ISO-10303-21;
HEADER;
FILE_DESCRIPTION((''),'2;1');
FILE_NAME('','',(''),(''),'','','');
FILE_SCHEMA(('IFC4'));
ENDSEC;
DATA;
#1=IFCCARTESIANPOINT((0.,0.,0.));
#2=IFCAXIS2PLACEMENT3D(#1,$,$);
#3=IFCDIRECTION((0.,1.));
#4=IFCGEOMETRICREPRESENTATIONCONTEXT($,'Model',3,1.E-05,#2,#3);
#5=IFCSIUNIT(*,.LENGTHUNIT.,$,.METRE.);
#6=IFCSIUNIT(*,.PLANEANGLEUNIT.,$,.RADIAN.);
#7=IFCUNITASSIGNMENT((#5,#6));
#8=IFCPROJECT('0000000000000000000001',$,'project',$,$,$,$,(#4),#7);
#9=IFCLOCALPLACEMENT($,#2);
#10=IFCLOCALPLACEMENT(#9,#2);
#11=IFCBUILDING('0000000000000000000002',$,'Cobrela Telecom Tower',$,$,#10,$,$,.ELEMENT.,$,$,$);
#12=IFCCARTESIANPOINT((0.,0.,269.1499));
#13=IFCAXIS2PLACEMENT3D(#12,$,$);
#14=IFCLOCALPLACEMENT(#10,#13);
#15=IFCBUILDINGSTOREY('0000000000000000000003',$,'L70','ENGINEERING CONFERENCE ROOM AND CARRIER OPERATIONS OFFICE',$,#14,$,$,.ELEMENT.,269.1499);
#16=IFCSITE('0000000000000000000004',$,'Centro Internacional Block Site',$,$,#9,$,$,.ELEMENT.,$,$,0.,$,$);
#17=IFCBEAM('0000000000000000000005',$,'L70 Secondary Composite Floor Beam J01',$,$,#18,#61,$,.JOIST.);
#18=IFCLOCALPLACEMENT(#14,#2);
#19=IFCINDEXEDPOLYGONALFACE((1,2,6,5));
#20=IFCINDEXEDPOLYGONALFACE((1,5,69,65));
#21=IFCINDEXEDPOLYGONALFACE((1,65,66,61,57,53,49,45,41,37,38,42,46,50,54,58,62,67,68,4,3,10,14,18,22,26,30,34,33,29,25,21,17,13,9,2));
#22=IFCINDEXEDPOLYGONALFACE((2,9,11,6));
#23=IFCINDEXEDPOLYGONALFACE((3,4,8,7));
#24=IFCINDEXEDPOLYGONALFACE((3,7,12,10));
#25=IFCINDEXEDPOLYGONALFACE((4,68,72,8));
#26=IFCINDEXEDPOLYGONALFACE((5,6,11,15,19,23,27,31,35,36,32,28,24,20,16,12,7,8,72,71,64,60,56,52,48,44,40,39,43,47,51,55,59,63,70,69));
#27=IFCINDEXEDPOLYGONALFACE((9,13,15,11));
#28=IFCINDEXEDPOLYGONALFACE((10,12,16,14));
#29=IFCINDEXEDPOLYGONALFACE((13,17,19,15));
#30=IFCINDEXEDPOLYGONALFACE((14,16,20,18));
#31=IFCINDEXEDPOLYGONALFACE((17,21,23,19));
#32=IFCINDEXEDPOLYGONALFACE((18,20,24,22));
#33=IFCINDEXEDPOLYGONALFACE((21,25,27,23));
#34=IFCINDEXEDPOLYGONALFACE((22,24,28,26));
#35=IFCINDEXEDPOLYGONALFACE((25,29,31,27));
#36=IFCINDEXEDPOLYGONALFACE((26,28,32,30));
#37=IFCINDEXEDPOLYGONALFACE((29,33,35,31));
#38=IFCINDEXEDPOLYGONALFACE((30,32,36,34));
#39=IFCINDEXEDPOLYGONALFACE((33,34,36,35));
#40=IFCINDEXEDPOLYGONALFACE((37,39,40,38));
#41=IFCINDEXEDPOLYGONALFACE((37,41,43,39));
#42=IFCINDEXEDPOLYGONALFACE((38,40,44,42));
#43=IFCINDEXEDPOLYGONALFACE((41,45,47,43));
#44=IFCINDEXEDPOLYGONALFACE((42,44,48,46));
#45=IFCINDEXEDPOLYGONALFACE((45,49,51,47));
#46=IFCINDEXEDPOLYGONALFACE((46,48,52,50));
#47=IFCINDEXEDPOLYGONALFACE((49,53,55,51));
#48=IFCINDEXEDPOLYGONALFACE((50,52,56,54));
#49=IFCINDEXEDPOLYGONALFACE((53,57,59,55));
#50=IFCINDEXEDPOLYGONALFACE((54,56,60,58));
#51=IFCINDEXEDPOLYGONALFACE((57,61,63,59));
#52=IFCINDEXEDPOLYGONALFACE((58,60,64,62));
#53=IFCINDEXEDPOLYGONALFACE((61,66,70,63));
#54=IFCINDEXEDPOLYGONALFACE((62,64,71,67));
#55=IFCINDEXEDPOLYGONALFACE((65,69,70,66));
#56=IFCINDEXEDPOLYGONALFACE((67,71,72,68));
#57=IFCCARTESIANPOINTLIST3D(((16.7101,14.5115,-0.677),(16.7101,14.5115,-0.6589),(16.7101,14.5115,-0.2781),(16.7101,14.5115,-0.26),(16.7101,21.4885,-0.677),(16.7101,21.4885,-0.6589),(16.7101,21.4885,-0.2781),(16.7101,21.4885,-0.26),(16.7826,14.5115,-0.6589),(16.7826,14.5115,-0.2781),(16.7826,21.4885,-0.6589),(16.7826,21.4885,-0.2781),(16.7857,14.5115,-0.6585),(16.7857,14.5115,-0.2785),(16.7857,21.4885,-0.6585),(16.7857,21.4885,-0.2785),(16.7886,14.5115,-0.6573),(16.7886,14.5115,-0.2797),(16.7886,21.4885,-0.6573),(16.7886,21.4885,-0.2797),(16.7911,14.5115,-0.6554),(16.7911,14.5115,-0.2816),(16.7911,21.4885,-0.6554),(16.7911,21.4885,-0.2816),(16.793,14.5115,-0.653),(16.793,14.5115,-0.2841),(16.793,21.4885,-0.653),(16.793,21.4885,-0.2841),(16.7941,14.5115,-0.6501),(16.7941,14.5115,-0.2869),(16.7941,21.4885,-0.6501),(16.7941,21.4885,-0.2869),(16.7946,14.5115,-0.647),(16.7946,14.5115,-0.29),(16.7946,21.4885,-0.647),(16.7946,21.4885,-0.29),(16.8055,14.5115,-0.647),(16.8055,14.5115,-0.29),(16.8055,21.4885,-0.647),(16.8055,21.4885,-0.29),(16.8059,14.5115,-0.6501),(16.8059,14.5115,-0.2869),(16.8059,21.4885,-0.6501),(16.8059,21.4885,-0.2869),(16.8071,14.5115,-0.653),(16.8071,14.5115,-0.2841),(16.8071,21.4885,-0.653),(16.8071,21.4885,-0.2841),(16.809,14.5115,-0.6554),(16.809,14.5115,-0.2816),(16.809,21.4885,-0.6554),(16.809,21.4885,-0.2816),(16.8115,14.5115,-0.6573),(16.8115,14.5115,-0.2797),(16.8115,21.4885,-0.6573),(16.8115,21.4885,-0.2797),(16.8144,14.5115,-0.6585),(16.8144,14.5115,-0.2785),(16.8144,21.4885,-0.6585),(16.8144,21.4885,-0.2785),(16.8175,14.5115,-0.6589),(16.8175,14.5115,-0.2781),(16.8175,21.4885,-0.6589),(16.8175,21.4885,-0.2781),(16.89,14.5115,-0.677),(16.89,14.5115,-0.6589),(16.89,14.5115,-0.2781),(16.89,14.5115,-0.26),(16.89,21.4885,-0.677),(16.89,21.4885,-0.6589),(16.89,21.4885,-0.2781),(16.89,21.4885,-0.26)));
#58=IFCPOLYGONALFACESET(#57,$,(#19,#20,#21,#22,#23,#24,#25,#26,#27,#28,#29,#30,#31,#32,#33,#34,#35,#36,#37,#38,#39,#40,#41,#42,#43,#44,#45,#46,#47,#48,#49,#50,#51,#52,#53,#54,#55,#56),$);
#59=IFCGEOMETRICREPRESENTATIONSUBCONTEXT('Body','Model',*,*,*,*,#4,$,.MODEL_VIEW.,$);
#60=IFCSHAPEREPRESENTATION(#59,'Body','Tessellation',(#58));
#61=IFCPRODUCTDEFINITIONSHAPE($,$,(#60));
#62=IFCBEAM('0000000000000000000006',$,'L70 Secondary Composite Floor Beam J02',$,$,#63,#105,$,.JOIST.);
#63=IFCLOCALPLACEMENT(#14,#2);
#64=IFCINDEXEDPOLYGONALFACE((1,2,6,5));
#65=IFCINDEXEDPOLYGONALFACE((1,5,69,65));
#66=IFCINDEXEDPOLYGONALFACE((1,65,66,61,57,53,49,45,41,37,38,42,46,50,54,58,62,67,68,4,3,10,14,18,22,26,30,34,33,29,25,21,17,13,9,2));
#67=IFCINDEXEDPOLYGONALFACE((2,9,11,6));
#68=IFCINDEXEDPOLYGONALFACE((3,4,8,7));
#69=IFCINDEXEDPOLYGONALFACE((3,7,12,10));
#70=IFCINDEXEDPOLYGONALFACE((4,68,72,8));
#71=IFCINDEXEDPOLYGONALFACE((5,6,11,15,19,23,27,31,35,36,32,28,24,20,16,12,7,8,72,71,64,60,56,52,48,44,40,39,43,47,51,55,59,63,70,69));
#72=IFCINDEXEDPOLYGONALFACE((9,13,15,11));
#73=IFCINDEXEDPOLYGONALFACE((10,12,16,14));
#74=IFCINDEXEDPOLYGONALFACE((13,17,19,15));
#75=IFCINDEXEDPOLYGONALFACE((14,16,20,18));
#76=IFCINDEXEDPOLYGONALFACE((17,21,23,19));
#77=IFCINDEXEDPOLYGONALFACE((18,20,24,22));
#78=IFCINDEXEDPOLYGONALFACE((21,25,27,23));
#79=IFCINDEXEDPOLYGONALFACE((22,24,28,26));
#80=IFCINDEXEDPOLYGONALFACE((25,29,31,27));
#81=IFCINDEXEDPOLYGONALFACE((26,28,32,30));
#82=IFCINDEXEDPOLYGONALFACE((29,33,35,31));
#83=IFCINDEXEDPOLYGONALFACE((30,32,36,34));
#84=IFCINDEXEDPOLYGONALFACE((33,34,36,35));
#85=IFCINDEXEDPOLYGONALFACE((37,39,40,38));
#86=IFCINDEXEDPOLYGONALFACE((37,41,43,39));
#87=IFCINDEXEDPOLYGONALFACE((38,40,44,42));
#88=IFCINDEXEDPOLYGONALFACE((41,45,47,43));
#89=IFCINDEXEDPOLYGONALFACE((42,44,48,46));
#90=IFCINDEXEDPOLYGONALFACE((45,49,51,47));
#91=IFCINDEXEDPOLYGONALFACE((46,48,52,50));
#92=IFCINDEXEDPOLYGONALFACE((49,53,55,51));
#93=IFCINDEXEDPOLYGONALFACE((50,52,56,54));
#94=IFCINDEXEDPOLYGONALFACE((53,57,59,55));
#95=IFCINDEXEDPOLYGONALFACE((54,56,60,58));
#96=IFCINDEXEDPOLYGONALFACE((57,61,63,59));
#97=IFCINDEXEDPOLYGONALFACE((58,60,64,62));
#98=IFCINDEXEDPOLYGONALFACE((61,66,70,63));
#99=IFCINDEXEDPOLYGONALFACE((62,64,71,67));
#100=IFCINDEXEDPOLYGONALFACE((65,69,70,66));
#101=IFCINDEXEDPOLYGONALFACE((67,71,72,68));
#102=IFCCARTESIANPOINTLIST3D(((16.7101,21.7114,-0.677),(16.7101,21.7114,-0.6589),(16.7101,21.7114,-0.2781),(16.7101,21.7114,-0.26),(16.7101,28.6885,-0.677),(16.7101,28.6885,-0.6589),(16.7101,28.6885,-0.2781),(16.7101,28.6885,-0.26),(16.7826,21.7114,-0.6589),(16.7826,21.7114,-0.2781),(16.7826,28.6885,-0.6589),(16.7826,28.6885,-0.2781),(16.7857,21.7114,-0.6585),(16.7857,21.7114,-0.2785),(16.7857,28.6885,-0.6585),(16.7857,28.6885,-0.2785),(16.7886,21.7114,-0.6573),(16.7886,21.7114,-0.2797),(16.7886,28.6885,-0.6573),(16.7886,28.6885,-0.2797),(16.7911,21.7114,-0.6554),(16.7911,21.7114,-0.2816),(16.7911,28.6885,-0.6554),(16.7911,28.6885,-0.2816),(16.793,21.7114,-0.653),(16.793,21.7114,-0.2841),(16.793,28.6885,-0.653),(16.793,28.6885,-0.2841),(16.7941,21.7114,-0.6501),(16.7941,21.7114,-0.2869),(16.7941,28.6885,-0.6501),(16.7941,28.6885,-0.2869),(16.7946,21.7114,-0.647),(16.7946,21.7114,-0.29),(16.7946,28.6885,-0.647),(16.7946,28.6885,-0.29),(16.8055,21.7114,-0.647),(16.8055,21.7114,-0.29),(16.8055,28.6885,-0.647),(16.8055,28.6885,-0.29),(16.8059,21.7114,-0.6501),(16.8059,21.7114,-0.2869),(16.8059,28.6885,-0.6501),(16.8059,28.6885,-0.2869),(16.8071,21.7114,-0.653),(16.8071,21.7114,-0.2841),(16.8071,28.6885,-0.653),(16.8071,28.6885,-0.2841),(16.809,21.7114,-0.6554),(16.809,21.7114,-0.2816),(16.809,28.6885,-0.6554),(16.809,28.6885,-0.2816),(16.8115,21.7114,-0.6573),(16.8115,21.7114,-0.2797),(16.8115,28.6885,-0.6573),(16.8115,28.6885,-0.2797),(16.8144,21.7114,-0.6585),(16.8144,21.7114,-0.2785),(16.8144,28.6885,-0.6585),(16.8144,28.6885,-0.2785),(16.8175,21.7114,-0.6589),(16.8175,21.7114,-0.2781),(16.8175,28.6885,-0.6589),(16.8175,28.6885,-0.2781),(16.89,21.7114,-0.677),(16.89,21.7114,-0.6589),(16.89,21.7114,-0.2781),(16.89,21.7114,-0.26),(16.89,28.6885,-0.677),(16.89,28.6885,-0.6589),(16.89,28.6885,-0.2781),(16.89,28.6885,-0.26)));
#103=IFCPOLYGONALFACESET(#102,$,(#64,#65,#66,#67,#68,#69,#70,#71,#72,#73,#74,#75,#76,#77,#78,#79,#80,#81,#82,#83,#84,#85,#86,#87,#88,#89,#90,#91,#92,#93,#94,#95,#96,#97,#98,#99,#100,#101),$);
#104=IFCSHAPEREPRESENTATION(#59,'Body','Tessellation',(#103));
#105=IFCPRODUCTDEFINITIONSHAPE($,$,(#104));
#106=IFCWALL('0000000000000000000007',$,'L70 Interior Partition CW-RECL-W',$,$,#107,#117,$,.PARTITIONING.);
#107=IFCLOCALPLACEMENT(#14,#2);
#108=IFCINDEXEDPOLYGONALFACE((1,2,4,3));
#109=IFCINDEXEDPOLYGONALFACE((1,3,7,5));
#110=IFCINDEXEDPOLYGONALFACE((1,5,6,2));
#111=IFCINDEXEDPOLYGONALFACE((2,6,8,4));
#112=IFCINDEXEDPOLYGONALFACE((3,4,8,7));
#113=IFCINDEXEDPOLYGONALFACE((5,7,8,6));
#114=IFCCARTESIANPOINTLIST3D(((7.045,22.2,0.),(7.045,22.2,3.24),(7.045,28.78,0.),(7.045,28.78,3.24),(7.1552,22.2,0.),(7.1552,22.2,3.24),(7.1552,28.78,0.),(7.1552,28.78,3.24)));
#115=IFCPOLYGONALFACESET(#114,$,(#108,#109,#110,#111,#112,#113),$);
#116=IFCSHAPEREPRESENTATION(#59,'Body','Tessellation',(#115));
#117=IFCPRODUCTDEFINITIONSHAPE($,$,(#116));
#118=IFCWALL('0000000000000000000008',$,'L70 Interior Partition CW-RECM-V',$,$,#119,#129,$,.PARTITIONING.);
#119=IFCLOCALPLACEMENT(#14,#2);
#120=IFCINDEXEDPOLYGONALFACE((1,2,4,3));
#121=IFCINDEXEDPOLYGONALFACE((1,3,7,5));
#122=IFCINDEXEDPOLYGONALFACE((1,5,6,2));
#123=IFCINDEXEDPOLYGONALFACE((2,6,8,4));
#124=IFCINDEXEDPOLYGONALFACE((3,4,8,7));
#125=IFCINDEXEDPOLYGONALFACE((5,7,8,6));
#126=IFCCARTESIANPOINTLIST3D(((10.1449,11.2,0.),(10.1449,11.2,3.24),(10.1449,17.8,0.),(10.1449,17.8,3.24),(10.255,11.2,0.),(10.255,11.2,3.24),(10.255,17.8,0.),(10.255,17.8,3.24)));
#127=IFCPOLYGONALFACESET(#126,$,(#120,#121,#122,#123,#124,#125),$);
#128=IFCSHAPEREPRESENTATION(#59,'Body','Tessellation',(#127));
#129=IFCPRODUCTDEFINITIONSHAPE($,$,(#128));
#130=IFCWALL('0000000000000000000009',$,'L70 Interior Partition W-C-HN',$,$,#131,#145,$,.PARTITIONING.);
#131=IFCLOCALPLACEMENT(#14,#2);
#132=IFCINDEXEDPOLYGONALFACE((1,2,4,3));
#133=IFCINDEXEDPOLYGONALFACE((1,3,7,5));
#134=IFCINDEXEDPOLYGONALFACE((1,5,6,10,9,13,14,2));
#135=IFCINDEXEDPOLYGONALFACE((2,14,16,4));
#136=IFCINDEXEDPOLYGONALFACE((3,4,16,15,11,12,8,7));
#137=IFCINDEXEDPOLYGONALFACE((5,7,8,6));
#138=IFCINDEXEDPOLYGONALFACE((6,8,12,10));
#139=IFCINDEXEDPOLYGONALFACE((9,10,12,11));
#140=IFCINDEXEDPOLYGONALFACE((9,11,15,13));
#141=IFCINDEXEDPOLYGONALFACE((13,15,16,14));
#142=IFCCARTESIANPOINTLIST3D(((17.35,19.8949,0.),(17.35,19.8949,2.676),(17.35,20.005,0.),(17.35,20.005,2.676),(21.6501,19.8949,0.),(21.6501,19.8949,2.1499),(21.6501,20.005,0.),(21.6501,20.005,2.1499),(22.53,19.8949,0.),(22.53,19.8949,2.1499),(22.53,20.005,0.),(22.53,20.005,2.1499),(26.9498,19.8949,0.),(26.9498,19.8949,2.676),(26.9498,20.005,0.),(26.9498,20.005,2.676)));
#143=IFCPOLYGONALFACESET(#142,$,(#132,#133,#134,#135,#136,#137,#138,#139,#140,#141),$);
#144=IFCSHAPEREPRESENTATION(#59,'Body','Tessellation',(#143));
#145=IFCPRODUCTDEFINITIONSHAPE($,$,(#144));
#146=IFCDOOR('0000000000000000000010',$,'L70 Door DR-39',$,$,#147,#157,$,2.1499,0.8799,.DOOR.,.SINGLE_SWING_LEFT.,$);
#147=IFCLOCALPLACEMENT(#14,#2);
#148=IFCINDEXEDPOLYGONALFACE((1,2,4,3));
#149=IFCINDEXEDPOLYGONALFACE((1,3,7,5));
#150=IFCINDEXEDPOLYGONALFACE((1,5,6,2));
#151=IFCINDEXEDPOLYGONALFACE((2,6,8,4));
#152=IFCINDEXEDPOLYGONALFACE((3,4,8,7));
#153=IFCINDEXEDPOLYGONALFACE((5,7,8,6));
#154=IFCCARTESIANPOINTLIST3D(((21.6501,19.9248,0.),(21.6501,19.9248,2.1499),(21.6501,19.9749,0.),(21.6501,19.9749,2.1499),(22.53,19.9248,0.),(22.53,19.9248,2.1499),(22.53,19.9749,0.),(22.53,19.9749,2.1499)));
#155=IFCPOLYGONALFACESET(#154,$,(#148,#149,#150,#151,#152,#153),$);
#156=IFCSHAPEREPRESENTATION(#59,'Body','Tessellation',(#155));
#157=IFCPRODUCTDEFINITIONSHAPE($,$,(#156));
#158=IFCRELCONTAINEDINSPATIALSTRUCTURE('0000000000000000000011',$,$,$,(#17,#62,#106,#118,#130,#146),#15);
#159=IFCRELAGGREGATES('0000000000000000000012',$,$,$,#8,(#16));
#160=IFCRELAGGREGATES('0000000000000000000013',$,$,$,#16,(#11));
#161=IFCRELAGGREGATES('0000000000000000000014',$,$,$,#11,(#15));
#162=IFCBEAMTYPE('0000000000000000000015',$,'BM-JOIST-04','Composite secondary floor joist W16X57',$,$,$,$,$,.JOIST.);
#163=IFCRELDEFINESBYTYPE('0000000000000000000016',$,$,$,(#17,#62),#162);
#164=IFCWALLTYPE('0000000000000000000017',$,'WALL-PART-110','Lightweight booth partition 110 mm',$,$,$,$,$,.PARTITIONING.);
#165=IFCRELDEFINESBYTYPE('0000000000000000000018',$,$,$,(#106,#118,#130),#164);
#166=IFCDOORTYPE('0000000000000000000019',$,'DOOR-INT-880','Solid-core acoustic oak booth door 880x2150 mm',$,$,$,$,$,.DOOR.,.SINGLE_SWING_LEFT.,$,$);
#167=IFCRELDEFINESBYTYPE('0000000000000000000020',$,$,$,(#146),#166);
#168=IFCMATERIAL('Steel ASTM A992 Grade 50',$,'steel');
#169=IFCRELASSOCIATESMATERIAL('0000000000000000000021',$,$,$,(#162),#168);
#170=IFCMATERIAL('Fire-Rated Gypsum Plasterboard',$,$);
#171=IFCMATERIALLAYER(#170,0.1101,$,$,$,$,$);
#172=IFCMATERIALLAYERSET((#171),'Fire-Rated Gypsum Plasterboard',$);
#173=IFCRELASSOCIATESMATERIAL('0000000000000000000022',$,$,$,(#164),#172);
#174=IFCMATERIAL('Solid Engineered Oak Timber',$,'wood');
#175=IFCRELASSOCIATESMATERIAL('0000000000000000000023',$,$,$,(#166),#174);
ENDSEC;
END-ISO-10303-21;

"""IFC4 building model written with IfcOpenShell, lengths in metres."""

from ifc_helpers import new_model, si_unit, direction, frame, frame_2d, origin, origin_2d, place, context, subcontext, project, spatial, rectangle, i_section, extrude, material, layer, layer_set, material_profile, profile_set, type_object, element, fill, save


model = new_model("IFC4")

# Units and contexts
model_context = context("Model", 3, precision=1e-05, world=origin(), true_north=direction((0.0, 1.0)))
body_context = subcontext(model_context, "Body", "Model", "MODEL_VIEW")
ifc_project = project(units=[si_unit("LENGTHUNIT", "METRE"), si_unit("PLANEANGLEUNIT", "RADIAN")], contexts=[model_context])

# Site, building, storey
site_placement = place(None, origin())
site = spatial("IfcSite", under=ifc_project, at=site_placement, Name="Centro Internacional Block Site", CompositionType="ELEMENT", RefElevation=0.0)
building_placement = place(site_placement, origin())
building = spatial("IfcBuilding", under=site, at=building_placement, Name="Cobrela Telecom Tower", CompositionType="ELEMENT")
storey_placement = place(building_placement, frame((0.0, 0.0, 269.1499)))
storey = spatial("IfcBuildingStorey", under=building, at=storey_placement, Name="L70", Description="ENGINEERING CONFERENCE ROOM AND CARRIER OPERATIONS OFFICE", CompositionType="ELEMENT", Elevation=269.1499)

# Beams
ifc_material_1 = material(Name="Steel ASTM A992 Grade 50", Category="steel")
ifc_material_profile_1 = material_profile(ifc_material_1, i_section(OverallWidth=0.1799, OverallDepth=0.417, WebThickness=0.011, FlangeThickness=0.0181, FilletRadius=0.012, at=origin_2d()), Name="W16X57")
ifc_profile_set_1 = profile_set([ifc_material_profile_1], Name="Steel ASTM A992 Grade 50")
beam_type_1 = type_object("IfcBeamType", Name="BM-JOIST-04", Description="Composite secondary floor joist W16X57", PredefinedType="JOIST", material=ifc_profile_set_1)
for number, where, z_axis, x_axis, name in (
    (1, (16.8, 14.5115, -0.4685), (0.0, 1.0, 0.0), (-1.0, 0.0, 0.0), "L70 Secondary Composite Floor Beam J01"),
    (2, (16.8, 21.7114, -0.4685), (0.0, 1.0, 0.0), (-1.0, 0.0, 0.0), "L70 Secondary Composite Floor Beam J02"),
):
    element("IfcBeam", number, at=place(storey_placement, frame(where, z_axis=z_axis, x_axis=x_axis)), inside=storey, type_object=beam_type_1, Name=name, PredefinedType="JOIST", context=body_context, shape_type="SweptSolid", body=[
        extrude(i_section(OverallWidth=0.1799, OverallDepth=0.417, WebThickness=0.011, FlangeThickness=0.0181, FilletRadius=0.012, at=origin_2d()), origin(), (0.0, 0.0, 1.0), 6.9771),
    ])

# Walls
ifc_material_2 = material(Name="Fire-Rated Gypsum Plasterboard")
ifc_layer_1 = layer(ifc_material_2, 0.1101)
ifc_layer_set_1 = layer_set([ifc_layer_1], Name="Fire-Rated Gypsum Plasterboard")
wall_type_1 = type_object("IfcWallType", Name="WALL-PART-110", Description="Lightweight booth partition 110 mm", PredefinedType="PARTITIONING", material=ifc_layer_set_1)
wall_1_placement = place(storey_placement, frame((7.1001, 22.2, 0.0), z_axis=(0.0, 0.0, 1.0), x_axis=(0.0, 1.0, 0.0)))
element("IfcWall", 3, at=wall_1_placement, inside=storey, type_object=wall_type_1, Name="L70 Interior Partition CW-RECL-W", PredefinedType="PARTITIONING", context=body_context, shape_type="SweptSolid", body=[
    extrude(rectangle(XDim=6.5801, YDim=0.1101, at=frame_2d((3.29, 0.0))), origin(), (0.0, 0.0, 1.0), 3.24),
])
wall_2_placement = place(storey_placement, frame((10.2, 11.2, 0.0), z_axis=(0.0, 0.0, 1.0), x_axis=(0.0, 1.0, 0.0)))
element("IfcWall", 4, at=wall_2_placement, inside=storey, type_object=wall_type_1, Name="L70 Interior Partition CW-RECM-V", PredefinedType="PARTITIONING", context=body_context, shape_type="SweptSolid", body=[
    extrude(rectangle(XDim=6.6001, YDim=0.1101, at=frame_2d((3.3, 0.0))), origin(), (0.0, 0.0, 1.0), 3.24),
])

# Wall, opening, door
wall_3_placement = place(storey_placement, frame((17.3501, 19.95, 0.0), z_axis=(0.0, 0.0, 1.0), x_axis=(1.0, 0.0, 0.0)))
wall_3 = element("IfcWall", 5, at=wall_3_placement, inside=storey, type_object=wall_type_1, Name="L70 Interior Partition W-C-HN", PredefinedType="PARTITIONING", context=body_context, shape_type="SweptSolid", body=[
    extrude(rectangle(XDim=9.5999, YDim=0.1101, at=frame_2d((4.7998, 0.0))), origin(), (0.0, 0.0, 1.0), 2.676),
])
opening_1_placement = place(wall_3_placement, frame((4.3, 0.0, 0.0)))
opening_1 = element("IfcOpeningElement", 6, at=opening_1_placement, cuts=wall_3, PredefinedType="OPENING", context=body_context, shape_type="SweptSolid", body=[
    extrude(rectangle(XDim=0.8799, YDim=2.1499, at=frame_2d((0.4399, 1.075))), frame((0.0, 0.0669, 0.0), z_axis=(0.0, -1.0, 0.0), x_axis=(1.0, 0.0, 0.0)), (0.0, 0.0, 1.0), 0.134),
])
ifc_material_3 = material(Name="Solid Engineered Oak Timber", Category="wood")
door_type_1 = type_object("IfcDoorType", Name="DOOR-INT-880", Description="Solid-core acoustic oak booth door 880x2150 mm", OperationType="SINGLE_SWING_LEFT", PredefinedType="DOOR", material=ifc_material_3)
door_1_placement = place(opening_1_placement, origin())
door_1 = element("IfcDoor", 7, at=door_1_placement, inside=storey, type_object=door_type_1, Name="L70 Door DR-39", OperationType="SINGLE_SWING_LEFT", OverallHeight=2.1499, OverallWidth=0.8799, PredefinedType="DOOR", context=body_context, shape_type="SweptSolid", body=[
    extrude(rectangle(XDim=0.8799, YDim=2.1499, at=frame_2d((0.4399, 1.075))), frame((0.0, 0.0249, 0.0), z_axis=(0.0, -1.0, 0.0), x_axis=(1.0, 0.0, 0.0)), (0.0, 0.0, 1.0), 0.05),
])
fill(opening_1, door_1)

save(model, "model.ifc")
